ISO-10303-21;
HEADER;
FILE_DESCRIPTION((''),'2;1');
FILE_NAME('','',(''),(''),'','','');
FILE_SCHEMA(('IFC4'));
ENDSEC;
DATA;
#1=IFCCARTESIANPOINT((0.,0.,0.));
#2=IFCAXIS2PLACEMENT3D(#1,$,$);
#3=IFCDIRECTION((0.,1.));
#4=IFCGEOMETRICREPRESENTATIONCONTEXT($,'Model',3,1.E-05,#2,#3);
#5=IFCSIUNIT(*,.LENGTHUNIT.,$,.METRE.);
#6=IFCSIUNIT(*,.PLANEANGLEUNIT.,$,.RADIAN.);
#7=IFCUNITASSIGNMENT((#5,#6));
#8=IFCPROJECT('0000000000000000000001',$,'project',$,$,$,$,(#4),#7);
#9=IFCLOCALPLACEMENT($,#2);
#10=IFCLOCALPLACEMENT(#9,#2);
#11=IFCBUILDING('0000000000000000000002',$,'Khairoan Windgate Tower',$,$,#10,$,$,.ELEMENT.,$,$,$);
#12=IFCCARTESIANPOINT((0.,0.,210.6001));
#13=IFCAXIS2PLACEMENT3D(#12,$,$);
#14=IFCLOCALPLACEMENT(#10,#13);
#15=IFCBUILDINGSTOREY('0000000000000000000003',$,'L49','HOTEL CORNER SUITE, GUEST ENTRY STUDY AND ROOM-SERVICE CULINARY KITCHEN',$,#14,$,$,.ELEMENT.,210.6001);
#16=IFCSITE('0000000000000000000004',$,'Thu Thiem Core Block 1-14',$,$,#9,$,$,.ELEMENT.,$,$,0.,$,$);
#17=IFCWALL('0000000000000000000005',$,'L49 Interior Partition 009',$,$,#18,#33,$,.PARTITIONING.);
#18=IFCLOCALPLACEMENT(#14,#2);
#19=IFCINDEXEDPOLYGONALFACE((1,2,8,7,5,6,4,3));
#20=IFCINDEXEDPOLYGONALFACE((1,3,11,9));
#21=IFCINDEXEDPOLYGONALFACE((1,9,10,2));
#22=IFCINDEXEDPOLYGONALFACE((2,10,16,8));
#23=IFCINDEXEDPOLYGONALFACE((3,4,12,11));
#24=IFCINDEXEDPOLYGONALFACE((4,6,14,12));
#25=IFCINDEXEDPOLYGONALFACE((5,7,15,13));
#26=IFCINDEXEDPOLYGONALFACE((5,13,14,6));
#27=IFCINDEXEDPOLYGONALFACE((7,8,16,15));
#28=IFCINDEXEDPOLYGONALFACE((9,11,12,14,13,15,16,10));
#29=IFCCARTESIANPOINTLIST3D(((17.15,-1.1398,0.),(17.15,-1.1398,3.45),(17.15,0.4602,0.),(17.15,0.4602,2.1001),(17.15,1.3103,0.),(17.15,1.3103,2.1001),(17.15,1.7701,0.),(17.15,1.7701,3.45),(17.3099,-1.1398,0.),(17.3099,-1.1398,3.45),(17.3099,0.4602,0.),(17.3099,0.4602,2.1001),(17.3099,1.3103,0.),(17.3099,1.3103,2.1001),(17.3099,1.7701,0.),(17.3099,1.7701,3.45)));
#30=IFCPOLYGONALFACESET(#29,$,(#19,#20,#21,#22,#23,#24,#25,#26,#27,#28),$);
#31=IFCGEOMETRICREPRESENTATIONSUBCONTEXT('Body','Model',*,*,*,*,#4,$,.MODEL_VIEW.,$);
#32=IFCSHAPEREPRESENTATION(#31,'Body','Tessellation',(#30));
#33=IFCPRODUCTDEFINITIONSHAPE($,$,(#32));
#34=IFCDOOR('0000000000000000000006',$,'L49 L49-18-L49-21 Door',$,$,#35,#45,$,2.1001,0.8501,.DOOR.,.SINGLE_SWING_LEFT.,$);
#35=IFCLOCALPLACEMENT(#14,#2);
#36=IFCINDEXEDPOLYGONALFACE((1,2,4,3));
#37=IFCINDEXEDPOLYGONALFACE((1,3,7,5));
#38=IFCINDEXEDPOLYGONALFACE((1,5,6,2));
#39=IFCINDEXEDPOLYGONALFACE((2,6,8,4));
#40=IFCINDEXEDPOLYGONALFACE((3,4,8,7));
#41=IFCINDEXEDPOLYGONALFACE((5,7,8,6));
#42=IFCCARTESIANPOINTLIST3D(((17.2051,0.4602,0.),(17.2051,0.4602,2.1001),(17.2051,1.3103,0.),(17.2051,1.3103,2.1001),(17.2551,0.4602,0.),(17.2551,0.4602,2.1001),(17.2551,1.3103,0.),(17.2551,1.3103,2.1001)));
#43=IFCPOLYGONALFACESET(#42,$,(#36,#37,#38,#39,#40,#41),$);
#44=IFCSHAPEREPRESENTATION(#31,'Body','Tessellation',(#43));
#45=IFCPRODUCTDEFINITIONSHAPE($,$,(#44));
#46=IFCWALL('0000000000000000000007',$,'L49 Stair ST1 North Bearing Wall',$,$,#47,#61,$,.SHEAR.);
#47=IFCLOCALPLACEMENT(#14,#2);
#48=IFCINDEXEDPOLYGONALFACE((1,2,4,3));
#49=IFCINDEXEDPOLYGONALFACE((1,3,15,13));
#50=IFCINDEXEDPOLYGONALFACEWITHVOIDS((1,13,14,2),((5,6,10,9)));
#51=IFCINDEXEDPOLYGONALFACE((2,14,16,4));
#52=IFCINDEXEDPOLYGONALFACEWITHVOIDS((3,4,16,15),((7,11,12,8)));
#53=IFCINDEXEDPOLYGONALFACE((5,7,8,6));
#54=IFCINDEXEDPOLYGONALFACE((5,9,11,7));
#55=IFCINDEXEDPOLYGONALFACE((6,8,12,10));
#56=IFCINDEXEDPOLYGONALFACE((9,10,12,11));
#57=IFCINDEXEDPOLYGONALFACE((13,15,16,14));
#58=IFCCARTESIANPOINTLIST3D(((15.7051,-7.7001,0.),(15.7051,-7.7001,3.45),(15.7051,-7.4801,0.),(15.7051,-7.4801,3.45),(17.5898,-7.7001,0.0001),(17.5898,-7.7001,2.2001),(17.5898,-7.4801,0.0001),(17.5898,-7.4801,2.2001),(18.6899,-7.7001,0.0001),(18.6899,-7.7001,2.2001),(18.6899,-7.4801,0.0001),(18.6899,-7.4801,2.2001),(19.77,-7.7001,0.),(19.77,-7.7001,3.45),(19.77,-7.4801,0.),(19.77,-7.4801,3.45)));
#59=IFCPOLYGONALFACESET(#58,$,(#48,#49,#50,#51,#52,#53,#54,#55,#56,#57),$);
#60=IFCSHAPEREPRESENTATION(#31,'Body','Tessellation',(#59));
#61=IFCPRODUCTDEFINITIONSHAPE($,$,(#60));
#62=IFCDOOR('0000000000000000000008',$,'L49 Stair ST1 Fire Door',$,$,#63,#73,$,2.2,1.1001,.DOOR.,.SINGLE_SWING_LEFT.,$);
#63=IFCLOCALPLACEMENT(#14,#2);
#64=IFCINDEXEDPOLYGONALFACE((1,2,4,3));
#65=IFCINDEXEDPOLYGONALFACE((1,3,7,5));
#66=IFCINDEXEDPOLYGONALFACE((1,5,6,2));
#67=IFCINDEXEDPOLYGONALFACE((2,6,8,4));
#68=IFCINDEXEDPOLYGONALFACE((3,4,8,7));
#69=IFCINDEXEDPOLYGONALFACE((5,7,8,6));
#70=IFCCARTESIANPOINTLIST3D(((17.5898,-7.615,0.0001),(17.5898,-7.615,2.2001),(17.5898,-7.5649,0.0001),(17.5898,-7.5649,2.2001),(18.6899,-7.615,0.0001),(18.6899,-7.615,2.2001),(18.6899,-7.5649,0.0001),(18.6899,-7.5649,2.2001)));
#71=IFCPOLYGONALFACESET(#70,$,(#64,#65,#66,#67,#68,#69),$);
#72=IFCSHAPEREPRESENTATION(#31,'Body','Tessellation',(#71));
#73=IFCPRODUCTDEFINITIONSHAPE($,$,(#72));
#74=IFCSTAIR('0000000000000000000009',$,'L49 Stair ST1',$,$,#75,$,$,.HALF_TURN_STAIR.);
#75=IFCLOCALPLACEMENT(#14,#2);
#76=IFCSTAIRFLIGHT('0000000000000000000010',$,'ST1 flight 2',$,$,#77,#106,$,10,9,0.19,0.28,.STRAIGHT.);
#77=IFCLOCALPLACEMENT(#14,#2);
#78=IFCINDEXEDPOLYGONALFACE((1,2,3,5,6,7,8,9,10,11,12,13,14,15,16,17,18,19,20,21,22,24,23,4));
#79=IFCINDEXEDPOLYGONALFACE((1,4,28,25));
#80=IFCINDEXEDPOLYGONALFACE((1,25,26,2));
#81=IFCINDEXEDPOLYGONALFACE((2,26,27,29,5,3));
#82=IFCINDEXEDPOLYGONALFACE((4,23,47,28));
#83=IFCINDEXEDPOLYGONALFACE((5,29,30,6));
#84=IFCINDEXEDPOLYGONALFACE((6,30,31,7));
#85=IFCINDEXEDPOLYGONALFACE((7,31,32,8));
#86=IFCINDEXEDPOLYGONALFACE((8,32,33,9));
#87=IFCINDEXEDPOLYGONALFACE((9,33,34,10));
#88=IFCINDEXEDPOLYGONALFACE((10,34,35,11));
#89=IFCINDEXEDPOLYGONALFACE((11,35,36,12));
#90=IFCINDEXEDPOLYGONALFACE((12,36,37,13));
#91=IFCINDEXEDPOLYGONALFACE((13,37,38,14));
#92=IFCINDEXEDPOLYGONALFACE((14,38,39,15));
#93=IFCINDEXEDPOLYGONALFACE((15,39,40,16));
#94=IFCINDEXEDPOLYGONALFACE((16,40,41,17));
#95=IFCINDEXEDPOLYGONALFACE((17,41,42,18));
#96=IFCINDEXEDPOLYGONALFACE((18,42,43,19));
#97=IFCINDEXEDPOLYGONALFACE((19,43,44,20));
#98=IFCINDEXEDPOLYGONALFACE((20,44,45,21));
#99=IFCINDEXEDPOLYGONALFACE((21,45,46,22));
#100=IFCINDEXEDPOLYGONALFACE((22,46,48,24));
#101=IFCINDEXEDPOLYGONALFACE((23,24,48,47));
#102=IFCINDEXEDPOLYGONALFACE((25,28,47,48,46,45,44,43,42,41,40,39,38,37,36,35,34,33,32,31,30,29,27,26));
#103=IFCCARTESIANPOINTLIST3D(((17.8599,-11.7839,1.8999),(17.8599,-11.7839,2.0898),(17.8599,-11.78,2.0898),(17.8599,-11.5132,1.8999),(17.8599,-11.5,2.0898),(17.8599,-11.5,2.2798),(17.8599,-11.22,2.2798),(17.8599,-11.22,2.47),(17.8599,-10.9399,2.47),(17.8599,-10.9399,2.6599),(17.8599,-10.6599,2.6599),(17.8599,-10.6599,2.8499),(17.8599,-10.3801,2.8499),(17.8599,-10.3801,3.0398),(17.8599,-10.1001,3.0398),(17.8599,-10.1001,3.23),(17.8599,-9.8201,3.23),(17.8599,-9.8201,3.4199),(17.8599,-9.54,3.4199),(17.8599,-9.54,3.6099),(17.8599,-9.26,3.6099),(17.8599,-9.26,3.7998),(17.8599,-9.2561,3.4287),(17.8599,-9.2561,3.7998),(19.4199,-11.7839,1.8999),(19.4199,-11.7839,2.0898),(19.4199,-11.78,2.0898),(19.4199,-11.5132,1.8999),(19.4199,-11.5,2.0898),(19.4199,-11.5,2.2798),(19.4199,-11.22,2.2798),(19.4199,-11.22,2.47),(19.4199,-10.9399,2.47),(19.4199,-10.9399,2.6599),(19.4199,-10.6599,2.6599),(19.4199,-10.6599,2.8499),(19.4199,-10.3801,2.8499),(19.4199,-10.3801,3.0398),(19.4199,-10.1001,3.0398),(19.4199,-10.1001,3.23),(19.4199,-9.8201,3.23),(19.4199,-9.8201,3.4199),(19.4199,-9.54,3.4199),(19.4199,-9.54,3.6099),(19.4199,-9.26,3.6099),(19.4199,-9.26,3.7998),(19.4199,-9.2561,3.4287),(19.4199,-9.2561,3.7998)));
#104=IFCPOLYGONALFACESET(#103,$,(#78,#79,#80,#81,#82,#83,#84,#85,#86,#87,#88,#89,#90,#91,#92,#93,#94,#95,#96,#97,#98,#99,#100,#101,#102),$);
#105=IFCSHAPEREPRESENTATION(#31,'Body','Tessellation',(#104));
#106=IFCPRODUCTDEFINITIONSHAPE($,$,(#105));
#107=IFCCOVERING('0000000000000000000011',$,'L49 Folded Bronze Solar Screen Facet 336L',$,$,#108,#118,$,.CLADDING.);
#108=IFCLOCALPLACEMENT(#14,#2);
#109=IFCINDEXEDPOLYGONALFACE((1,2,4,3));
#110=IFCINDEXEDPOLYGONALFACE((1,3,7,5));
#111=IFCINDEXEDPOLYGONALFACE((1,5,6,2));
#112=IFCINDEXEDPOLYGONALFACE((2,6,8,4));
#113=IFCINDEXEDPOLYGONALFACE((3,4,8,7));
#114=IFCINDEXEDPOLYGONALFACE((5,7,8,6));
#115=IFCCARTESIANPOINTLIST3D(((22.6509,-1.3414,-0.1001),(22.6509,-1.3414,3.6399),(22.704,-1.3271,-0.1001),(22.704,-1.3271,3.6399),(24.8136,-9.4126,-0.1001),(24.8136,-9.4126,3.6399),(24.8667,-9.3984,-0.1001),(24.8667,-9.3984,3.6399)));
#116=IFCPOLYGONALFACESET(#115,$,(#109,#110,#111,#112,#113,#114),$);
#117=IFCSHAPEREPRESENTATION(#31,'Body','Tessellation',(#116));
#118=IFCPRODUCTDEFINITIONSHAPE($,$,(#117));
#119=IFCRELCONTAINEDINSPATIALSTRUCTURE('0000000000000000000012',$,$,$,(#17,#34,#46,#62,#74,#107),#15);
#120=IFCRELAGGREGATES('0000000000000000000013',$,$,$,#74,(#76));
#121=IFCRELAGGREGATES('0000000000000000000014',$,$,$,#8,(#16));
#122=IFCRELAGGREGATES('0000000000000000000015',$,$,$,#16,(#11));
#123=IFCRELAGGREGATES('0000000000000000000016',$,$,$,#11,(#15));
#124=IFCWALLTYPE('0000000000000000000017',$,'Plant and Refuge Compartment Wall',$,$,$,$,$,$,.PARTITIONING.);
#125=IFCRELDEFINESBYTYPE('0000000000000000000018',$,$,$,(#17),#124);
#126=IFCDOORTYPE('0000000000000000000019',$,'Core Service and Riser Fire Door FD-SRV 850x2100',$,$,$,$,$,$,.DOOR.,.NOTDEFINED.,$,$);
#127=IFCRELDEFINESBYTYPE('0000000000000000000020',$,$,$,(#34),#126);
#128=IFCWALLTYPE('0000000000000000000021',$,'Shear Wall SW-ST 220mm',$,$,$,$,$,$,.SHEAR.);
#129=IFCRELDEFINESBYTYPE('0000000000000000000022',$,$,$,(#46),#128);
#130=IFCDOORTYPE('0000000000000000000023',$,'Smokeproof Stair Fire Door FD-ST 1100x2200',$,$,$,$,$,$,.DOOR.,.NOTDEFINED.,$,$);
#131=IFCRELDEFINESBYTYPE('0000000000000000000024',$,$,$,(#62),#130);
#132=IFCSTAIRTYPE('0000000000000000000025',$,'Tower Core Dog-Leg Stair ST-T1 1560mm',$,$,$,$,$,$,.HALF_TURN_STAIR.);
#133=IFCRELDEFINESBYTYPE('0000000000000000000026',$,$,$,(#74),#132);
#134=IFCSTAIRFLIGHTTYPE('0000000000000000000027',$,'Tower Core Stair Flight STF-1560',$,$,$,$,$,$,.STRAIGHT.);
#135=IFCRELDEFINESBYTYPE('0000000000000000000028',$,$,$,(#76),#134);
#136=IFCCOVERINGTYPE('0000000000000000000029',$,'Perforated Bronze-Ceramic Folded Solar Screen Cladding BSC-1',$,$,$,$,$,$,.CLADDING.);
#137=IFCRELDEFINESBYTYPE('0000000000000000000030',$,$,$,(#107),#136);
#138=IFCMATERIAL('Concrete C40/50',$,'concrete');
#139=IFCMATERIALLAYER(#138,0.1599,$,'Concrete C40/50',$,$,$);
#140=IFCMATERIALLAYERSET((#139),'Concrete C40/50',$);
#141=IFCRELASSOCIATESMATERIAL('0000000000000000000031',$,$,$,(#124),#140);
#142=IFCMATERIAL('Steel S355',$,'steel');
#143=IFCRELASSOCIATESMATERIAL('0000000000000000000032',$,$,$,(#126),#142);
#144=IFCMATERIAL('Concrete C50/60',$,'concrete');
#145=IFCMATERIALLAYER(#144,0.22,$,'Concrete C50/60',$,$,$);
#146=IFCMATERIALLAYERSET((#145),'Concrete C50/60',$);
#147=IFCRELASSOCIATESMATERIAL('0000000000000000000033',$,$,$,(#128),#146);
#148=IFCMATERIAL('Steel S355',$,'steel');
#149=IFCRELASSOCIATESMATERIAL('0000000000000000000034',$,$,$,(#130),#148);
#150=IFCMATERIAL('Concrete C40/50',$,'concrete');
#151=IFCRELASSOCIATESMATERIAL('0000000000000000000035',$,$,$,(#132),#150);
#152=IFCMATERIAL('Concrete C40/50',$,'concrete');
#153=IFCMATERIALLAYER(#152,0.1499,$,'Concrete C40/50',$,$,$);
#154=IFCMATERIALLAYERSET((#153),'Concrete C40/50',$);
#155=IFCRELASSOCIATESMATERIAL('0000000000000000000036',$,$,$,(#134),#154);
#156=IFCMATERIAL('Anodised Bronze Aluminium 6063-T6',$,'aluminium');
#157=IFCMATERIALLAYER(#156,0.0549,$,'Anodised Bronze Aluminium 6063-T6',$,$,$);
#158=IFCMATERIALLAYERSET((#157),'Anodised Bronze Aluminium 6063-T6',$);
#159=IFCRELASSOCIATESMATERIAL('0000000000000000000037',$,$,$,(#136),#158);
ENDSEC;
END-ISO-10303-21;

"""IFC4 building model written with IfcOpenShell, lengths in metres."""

from ifc_helpers import new_model, si_unit, direction, frame, frame_2d, origin, origin_2d, place, context, subcontext, project, spatial, polyline, rectangle, outline, extrude, material, layer, layer_set, type_object, element, fill, aggregate, save


model = new_model("IFC4")

# Units and contexts
model_context = context("Model", 3, precision=1e-05, world=origin(), true_north=direction((0.0, 1.0)))
body_context = subcontext(model_context, "Body", "Model", "MODEL_VIEW")
ifc_project = project(units=[si_unit("LENGTHUNIT", "METRE"), si_unit("PLANEANGLEUNIT", "RADIAN")], contexts=[model_context])

# Site, building, storey
site_placement = place(None, origin())
site = spatial("IfcSite", under=ifc_project, at=site_placement, Name="Thu Thiem Core Block 1-14", CompositionType="ELEMENT", RefElevation=0.0)
building_placement = place(site_placement, origin())
building = spatial("IfcBuilding", under=site, at=building_placement, Name="Khairoan Windgate Tower", CompositionType="ELEMENT")
storey_placement = place(building_placement, frame((0.0, 0.0, 210.6001)))
storey = spatial("IfcBuildingStorey", under=building, at=storey_placement, Name="L49", Description="HOTEL CORNER SUITE, GUEST ENTRY STUDY AND ROOM-SERVICE CULINARY KITCHEN", CompositionType="ELEMENT", Elevation=210.6001)

# Walls, openings, doors
ifc_material_1 = material(Name="Concrete C40/50", Category="concrete")
ifc_layer_1 = layer(ifc_material_1, 0.1599, Name="Concrete C40/50")
ifc_layer_set_1 = layer_set([ifc_layer_1], Name="Concrete C40/50")
wall_type_1 = type_object("IfcWallType", Name="Plant and Refuge Compartment Wall", PredefinedType="PARTITIONING", material=ifc_layer_set_1)
wall_1_placement = place(storey_placement, frame((17.23, -1.1399, 0.0), z_axis=(0.0, 0.0, 1.0), x_axis=(0.0, 1.0, 0.0)))
wall_1 = element("IfcWall", 1, at=wall_1_placement, inside=storey, type_object=wall_type_1, Name="L49 Interior Partition 009", PredefinedType="PARTITIONING", context=body_context, shape_type="SweptSolid", body=[
    extrude(rectangle(XDim=2.9099, YDim=0.1599, at=frame_2d((1.4551, 0.0))), origin(), (0.0, 0.0, 1.0), 3.45),
])
opening_1_placement = place(wall_1_placement, frame((1.6001, 0.0, 0.0)))
opening_1 = element("IfcOpeningElement", 2, at=opening_1_placement, cuts=wall_1, PredefinedType="OPENING", context=body_context, shape_type="SweptSolid", body=[
    extrude(rectangle(XDim=0.8501, YDim=2.1001, at=frame_2d((0.425, 1.05))), frame((0.0, 0.0898, 0.0), z_axis=(0.0, -1.0, 0.0), x_axis=(1.0, 0.0, 0.0)), (0.0, 0.0, 1.0), 0.1799),
])
ifc_material_2 = material(Name="Steel S355", Category="steel")
door_type_1 = type_object("IfcDoorType", Name="Core Service and Riser Fire Door FD-SRV 850x2100", OperationType="NOTDEFINED", PredefinedType="DOOR", material=ifc_material_2)
door_1_placement = place(opening_1_placement, origin())
door_1 = element("IfcDoor", 3, at=door_1_placement, inside=storey, type_object=door_type_1, Name="L49 L49-18-L49-21 Door", OperationType="SINGLE_SWING_LEFT", OverallHeight=2.1001, OverallWidth=0.8501, PredefinedType="DOOR", context=body_context, shape_type="SweptSolid", body=[
    extrude(rectangle(XDim=0.8501, YDim=2.1001, at=frame_2d((0.425, 1.05))), frame((0.0, 0.0249, 0.0), z_axis=(0.0, -1.0, 0.0), x_axis=(1.0, 0.0, 0.0)), (0.0, 0.0, 1.0), 0.05),
])
fill(opening_1, door_1)
ifc_material_3 = material(Name="Concrete C50/60", Category="concrete")
ifc_layer_2 = layer(ifc_material_3, 0.22, Name="Concrete C50/60")
ifc_layer_set_2 = layer_set([ifc_layer_2], Name="Concrete C50/60")
wall_type_2 = type_object("IfcWallType", Name="Shear Wall SW-ST 220mm", PredefinedType="SHEAR", material=ifc_layer_set_2)
wall_2_placement = place(storey_placement, frame((19.77, -7.5901, 0.0), z_axis=(0.0, 0.0, 1.0), x_axis=(-1.0, 0.0, 0.0)))
wall_2 = element("IfcWall", 4, at=wall_2_placement, inside=storey, type_object=wall_type_2, Name="L49 Stair ST1 North Bearing Wall", PredefinedType="SHEAR", context=body_context, shape_type="SweptSolid", body=[
    extrude(rectangle(XDim=4.0649, YDim=0.22, at=frame_2d((2.0325, 0.0))), origin(), (0.0, 0.0, 1.0), 3.45),
])
opening_2_placement = place(wall_2_placement, frame((1.0801, 0.0, 0.0)))
opening_2 = element("IfcOpeningElement", 5, at=opening_2_placement, cuts=wall_2, PredefinedType="OPENING", context=body_context, shape_type="SweptSolid", body=[
    extrude(rectangle(XDim=1.1001, YDim=2.2, at=frame_2d((0.55, 1.1001))), frame((0.0, 0.1199, 0.0), z_axis=(0.0, -1.0, 0.0), x_axis=(1.0, 0.0, 0.0)), (0.0, 0.0, 1.0), 0.24),
])
ifc_material_4 = material(Name="Steel S355", Category="steel")
door_type_2 = type_object("IfcDoorType", Name="Smokeproof Stair Fire Door FD-ST 1100x2200", OperationType="NOTDEFINED", PredefinedType="DOOR", material=ifc_material_4)
door_2_placement = place(opening_2_placement, origin())
door_2 = element("IfcDoor", 6, at=door_2_placement, inside=storey, type_object=door_type_2, Name="L49 Stair ST1 Fire Door", OperationType="SINGLE_SWING_LEFT", OverallHeight=2.2, OverallWidth=1.1001, PredefinedType="DOOR", context=body_context, shape_type="SweptSolid", body=[
    extrude(rectangle(XDim=1.1001, YDim=2.2, at=frame_2d((0.55, 1.1001))), frame((0.0, 0.0249, 0.0), z_axis=(0.0, -1.0, 0.0), x_axis=(1.0, 0.0, 0.0)), (0.0, 0.0, 1.0), 0.05),
])
fill(opening_2, door_2)

# Stair, stair flight
ifc_material_5 = material(Name="Concrete C40/50", Category="concrete")
stair_type = type_object("IfcStairType", Name="Tower Core Dog-Leg Stair ST-T1 1560mm", PredefinedType="HALF_TURN_STAIR", material=ifc_material_5)
stair_placement = place(storey_placement, origin())
stair = element("IfcStair", 7, at=stair_placement, inside=storey, type_object=stair_type, Name="L49 Stair ST1", PredefinedType="HALF_TURN_STAIR")
ifc_material_6 = material(Name="Concrete C40/50", Category="concrete")
ifc_layer_3 = layer(ifc_material_6, 0.1499, Name="Concrete C40/50")
ifc_layer_set_3 = layer_set([ifc_layer_3], Name="Concrete C40/50")
stair_flight_type = type_object("IfcStairFlightType", Name="Tower Core Stair Flight STF-1560", PredefinedType="STRAIGHT", material=ifc_layer_set_3)
stair_flight_placement = place(storey_placement, frame((18.6399, -11.78, 1.8999), z_axis=(0.0, 0.0, 1.0), x_axis=(0.0, 1.0, 0.0)))
stair_flight = element("IfcStairFlight", 8, at=stair_flight_placement, type_object=stair_flight_type, Name="ST1 flight 2", NumberOfRisers=10, NumberOfTreads=9, PredefinedType="STRAIGHT", RiserHeight=0.19, TreadLength=0.28, context=body_context, shape_type="SweptSolid", body=[
    extrude(outline(polyline([(-0.0039, 0.0), (-0.0039, 0.1899), (0.0, 0.1899), (0.28, 0.1899), (0.28, 0.3799), (0.5601, 0.3799), (0.5601, 0.5701), (0.8401, 0.5701), (0.8401, 0.76), (1.1201, 0.76), (1.1201, 0.95), (1.3999, 0.95), (1.3999, 1.1399), (1.6799, 1.1399), (1.6799, 1.3301), (1.96, 1.3301), (1.96, 1.52), (2.24, 1.52), (2.24, 1.71), (2.52, 1.71), (2.52, 1.8999), (2.5239, 1.8999), (2.5239, 1.5288), (0.2668, 0.0), (-0.0039, 0.0)])), frame((0.0, 0.78, 0.0), z_axis=(0.0, -1.0, 0.0), x_axis=(1.0, 0.0, 0.0)), (0.0, 0.0, 1.0), 1.5601),
])
aggregate(stair, [stair_flight])

# Covering
ifc_material_7 = material(Name="Anodised Bronze Aluminium 6063-T6", Category="aluminium")
ifc_layer_4 = layer(ifc_material_7, 0.0549, Name="Anodised Bronze Aluminium 6063-T6")
ifc_layer_set_4 = layer_set([ifc_layer_4], Name="Anodised Bronze Aluminium 6063-T6")
covering_type = type_object("IfcCoveringType", Name="Perforated Bronze-Ceramic Folded Solar Screen Cladding BSC-1", PredefinedType="CLADDING", material=ifc_layer_set_4)
covering_placement = place(storey_placement, frame((23.7588, -5.3699, -0.1001), z_axis=(0.0, 0.0, 1.0), x_axis=(0.258819, -0.965926, 0.0)))
element("IfcCovering", 9, at=covering_placement, inside=storey, type_object=covering_type, Name="L49 Folded Bronze Solar Screen Facet 336L", PredefinedType="CLADDING", context=body_context, shape_type="SweptSolid", body=[
    extrude(rectangle(XDim=8.356, YDim=0.0549, at=origin_2d()), origin(), (0.0, 0.0, 1.0), 3.74),
])

save(model, "model.ifc")
